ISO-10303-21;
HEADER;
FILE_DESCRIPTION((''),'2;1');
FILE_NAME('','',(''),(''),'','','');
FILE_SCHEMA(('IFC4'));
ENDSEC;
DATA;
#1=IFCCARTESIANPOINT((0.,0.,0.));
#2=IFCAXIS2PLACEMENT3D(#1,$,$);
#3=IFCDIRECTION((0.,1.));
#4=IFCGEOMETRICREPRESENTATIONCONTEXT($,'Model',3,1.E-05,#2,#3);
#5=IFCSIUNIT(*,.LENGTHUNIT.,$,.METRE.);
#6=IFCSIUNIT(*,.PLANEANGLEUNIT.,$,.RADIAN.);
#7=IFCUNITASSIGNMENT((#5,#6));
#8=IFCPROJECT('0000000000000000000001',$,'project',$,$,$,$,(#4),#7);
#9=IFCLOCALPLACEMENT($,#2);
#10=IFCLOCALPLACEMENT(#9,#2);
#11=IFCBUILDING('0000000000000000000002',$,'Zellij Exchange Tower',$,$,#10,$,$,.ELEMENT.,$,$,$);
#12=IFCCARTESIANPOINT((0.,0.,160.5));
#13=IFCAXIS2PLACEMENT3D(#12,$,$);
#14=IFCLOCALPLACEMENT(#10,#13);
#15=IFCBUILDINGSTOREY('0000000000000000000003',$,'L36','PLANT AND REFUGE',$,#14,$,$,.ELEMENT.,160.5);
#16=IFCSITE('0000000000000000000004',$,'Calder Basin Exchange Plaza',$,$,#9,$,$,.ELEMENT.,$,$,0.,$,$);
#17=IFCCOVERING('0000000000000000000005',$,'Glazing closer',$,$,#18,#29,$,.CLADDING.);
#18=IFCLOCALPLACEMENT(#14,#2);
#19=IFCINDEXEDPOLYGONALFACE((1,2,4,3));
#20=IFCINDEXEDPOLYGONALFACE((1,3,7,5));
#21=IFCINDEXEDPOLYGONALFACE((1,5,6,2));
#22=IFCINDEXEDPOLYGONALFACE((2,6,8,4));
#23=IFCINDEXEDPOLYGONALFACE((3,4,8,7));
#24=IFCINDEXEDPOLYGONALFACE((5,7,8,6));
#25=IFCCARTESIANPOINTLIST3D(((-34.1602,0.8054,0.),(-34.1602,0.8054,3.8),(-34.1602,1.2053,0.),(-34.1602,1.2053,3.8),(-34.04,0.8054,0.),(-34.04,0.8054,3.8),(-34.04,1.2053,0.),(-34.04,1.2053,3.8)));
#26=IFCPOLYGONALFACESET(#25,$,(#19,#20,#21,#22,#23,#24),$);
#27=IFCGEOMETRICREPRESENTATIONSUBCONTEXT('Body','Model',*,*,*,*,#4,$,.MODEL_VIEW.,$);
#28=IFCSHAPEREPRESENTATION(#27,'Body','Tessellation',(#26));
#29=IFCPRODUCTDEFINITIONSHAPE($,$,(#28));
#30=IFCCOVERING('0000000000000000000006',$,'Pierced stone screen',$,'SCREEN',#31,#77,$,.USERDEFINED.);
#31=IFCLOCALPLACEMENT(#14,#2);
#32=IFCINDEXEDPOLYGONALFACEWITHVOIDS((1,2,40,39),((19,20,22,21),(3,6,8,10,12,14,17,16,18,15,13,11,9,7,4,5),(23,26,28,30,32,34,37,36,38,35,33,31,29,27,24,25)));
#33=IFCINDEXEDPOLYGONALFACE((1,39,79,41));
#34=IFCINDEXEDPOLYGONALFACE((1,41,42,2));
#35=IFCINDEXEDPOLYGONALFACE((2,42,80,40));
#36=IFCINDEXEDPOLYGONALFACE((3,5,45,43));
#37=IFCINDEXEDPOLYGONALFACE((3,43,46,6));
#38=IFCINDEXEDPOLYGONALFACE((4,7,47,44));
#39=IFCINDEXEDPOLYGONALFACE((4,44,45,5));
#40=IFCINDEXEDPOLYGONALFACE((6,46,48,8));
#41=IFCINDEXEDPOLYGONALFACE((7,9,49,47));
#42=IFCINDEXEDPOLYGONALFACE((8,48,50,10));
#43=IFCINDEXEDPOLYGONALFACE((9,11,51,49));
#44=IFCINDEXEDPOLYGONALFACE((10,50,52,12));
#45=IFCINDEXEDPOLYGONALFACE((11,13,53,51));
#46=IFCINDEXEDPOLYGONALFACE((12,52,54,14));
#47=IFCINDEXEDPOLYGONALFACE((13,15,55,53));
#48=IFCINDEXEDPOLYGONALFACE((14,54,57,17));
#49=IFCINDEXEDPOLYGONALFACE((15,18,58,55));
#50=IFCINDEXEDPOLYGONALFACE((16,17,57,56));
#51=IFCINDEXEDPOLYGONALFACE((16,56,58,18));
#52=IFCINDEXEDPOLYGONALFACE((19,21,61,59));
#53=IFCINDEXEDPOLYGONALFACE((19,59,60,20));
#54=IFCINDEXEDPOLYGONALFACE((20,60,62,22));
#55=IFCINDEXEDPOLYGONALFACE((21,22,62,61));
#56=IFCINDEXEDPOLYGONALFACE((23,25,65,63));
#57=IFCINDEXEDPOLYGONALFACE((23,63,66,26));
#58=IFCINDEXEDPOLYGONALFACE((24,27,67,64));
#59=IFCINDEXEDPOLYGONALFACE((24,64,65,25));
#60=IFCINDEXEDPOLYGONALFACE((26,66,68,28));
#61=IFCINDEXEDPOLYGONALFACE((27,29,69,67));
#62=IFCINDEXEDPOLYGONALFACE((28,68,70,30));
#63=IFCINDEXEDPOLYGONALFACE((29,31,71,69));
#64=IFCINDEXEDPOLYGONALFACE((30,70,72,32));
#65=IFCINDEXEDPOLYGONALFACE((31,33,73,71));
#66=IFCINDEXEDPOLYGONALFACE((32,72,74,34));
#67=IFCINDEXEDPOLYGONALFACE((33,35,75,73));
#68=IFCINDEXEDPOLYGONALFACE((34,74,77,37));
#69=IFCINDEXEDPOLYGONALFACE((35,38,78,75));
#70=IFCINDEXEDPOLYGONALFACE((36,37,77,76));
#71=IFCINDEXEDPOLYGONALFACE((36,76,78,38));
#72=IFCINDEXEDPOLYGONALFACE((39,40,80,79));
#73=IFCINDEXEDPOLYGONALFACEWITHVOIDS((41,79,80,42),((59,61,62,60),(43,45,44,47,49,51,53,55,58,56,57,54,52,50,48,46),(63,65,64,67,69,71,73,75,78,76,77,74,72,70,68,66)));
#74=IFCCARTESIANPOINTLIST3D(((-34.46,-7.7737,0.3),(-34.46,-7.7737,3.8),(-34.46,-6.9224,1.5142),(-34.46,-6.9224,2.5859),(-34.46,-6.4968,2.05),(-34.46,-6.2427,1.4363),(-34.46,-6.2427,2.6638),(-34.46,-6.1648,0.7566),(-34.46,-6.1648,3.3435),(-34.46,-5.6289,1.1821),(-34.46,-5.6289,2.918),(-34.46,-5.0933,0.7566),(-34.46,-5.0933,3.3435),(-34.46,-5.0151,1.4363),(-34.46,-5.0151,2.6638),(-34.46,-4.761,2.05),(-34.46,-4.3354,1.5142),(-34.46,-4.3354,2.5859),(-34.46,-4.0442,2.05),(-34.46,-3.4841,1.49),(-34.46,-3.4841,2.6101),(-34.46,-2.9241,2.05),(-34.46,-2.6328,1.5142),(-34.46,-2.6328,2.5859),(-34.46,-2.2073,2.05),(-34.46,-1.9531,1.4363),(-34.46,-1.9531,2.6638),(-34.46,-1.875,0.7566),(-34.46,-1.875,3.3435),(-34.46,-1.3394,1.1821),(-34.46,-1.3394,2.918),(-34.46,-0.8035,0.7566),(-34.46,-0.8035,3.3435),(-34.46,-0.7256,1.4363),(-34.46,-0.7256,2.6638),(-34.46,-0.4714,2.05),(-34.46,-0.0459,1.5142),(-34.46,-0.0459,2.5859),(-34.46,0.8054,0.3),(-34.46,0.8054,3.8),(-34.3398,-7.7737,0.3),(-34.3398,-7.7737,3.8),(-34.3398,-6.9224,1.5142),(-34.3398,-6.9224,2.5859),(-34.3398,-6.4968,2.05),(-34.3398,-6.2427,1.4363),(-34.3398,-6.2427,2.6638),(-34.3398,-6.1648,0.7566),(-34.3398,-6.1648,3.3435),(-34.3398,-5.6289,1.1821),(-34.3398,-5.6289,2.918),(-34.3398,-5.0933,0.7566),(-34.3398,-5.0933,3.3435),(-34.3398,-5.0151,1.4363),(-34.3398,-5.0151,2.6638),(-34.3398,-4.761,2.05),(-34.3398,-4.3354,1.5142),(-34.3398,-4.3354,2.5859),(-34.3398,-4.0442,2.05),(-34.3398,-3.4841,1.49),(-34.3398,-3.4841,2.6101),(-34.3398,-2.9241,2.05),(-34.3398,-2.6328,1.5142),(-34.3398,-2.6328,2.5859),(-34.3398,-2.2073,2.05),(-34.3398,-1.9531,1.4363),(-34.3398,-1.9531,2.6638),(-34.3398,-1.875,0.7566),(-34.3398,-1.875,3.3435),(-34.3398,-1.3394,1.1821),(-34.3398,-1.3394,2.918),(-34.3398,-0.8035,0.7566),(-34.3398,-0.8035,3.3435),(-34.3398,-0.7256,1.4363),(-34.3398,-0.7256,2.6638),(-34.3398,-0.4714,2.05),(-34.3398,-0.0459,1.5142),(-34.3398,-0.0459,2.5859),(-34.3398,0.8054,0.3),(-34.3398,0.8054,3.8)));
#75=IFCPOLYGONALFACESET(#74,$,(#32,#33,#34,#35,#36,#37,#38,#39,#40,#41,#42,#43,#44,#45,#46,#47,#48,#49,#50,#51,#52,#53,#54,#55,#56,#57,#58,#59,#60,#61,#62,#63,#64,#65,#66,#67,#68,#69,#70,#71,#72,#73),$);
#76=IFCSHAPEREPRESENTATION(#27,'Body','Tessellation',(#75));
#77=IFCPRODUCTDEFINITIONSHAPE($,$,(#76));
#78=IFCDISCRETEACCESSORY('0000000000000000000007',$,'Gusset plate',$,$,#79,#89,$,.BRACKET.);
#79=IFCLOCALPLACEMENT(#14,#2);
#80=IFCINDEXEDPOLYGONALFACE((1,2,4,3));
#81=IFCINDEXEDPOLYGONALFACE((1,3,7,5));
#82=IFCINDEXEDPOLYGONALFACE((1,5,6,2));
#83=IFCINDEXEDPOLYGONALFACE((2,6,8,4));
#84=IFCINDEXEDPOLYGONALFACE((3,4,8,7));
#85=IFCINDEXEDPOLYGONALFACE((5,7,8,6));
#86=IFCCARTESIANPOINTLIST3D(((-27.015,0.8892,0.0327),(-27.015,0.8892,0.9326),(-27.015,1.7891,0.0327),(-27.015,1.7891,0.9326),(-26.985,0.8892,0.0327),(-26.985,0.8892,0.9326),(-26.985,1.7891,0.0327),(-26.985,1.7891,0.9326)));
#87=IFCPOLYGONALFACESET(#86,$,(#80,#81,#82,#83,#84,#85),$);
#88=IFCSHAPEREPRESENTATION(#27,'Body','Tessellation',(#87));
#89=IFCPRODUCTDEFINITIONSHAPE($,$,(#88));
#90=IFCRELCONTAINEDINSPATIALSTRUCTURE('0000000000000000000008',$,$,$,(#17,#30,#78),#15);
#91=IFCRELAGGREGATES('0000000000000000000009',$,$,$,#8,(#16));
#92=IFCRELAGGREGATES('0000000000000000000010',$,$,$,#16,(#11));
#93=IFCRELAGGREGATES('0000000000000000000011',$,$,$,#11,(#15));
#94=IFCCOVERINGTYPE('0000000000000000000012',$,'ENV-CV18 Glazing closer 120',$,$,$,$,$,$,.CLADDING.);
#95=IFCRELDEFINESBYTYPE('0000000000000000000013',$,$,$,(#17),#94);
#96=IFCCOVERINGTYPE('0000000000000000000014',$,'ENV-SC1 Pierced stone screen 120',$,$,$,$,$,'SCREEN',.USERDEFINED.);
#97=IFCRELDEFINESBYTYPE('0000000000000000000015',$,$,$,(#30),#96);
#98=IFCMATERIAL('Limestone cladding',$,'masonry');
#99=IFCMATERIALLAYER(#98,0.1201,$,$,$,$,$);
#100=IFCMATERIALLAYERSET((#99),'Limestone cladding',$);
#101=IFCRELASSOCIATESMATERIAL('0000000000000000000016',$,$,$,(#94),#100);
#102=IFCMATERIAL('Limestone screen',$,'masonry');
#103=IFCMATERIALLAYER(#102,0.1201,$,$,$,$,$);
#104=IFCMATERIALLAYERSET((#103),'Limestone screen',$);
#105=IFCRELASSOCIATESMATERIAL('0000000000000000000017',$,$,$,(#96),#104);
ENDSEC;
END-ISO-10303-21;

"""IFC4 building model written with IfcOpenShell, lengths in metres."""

from ifc_helpers import new_model, si_unit, direction, frame, origin, origin_2d, place, context, subcontext, project, spatial, polyline, rectangle, outline, extrude, material, layer, layer_set, type_object, element, save


model = new_model("IFC4")

# Units and contexts
model_context = context("Model", 3, precision=1e-05, world=origin(), true_north=direction((0.0, 1.0)))
body_context = subcontext(model_context, "Body", "Model", "MODEL_VIEW")
ifc_project = project(units=[si_unit("LENGTHUNIT", "METRE"), si_unit("PLANEANGLEUNIT", "RADIAN")], contexts=[model_context])

# Site, building, storey
site_placement = place(None, origin())
site = spatial("IfcSite", under=ifc_project, at=site_placement, Name="Calder Basin Exchange Plaza", CompositionType="ELEMENT", RefElevation=0.0)
building_placement = place(site_placement, origin())
building = spatial("IfcBuilding", under=site, at=building_placement, Name="Zellij Exchange Tower", CompositionType="ELEMENT")
storey_placement = place(building_placement, frame((0.0, 0.0, 160.5)))
storey = spatial("IfcBuildingStorey", under=building, at=storey_placement, Name="L36", Description="PLANT AND REFUGE", CompositionType="ELEMENT", Elevation=160.5)

# Coverings
ifc_material_1 = material(Name="Limestone cladding", Category="masonry")
ifc_layer_1 = layer(ifc_material_1, 0.1201)
ifc_layer_set_1 = layer_set([ifc_layer_1], Name="Limestone cladding")
covering_type_1 = type_object("IfcCoveringType", Name="ENV-CV18 Glazing closer 120", PredefinedType="CLADDING", material=ifc_layer_set_1)
covering_1_placement = place(storey_placement, frame((-34.1001, 1.0054, 0.0), z_axis=(0.0, 0.0, 1.0), x_axis=(0.0, -1.0, 0.0)))
element("IfcCovering", 1, at=covering_1_placement, inside=storey, type_object=covering_type_1, Name="Glazing closer", PredefinedType="CLADDING", context=body_context, shape_type="SweptSolid", body=[
    extrude(rectangle(XDim=0.3999, YDim=0.1201, at=origin_2d()), origin(), (0.0, 0.0, 1.0), 3.8),
])
ifc_material_2 = material(Name="Limestone screen", Category="masonry")
ifc_layer_2 = layer(ifc_material_2, 0.1201)
ifc_layer_set_2 = layer_set([ifc_layer_2], Name="Limestone screen")
covering_type_2 = type_object("IfcCoveringType", Name="ENV-SC1 Pierced stone screen 120", ElementType="SCREEN", PredefinedType="USERDEFINED", material=ifc_layer_set_2)
covering_2_placement = place(storey_placement, frame((-34.3999, 0.8054, 0.3), z_axis=(0.0, 0.0, 1.0), x_axis=(0.0, -1.0, 0.0)))
element("IfcCovering", 2, at=covering_2_placement, inside=storey, type_object=covering_type_2, Name="Pierced stone screen", ObjectType="SCREEN", PredefinedType="USERDEFINED", context=body_context, shape_type="SweptSolid", body=[
    extrude(outline(polyline([(0.0, 0.0), (8.5791, 0.0), (8.5791, 3.5), (0.0, 3.5), (0.0, 0.0)]), holes=[polyline([(3.4382, 2.2859), (2.7585, 2.3638), (2.6804, 3.0435), (2.1448, 2.6179), (1.6089, 3.0435), (1.531, 2.3638), (0.8513, 2.2859), (1.2769, 1.75), (0.8513, 1.2141), (1.531, 1.1362), (1.6089, 0.4565), (2.1448, 0.8821), (2.6804, 0.4565), (2.7585, 1.1362), (3.4382, 1.2141), (3.0127, 1.75), (3.4382, 2.2859)]), polyline([(7.7278, 2.2859), (7.0481, 2.3638), (6.9702, 3.0435), (6.4343, 2.6179), (5.8987, 3.0435), (5.8206, 2.3638), (5.1409, 2.2859), (5.5664, 1.75), (5.1409, 1.2141), (5.8206, 1.1362), (5.8987, 0.4565), (6.4343, 0.8821), (6.9702, 0.4565), (7.0481, 1.1362), (7.7278, 1.2141), (7.3022, 1.75), (7.7278, 2.2859)]), polyline([(4.8496, 1.75), (4.2896, 2.3101), (3.7295, 1.75), (4.2896, 1.1899), (4.8496, 1.75)])]), frame((0.0, 0.0601, 0.0), z_axis=(0.0, -1.0, 0.0), x_axis=(1.0, 0.0, 0.0)), (0.0, 0.0, 1.0), 0.1201),
])

# Discrete accessory
discrete_accessory_placement = place(storey_placement, frame((-27.0, 1.3391, 0.0327), z_axis=(0.0, 0.0, 1.0), x_axis=(0.0, 1.0, 0.0)))
element("IfcDiscreteAccessory", 3, at=discrete_accessory_placement, inside=storey, Name="Gusset plate", PredefinedType="BRACKET", context=body_context, shape_type="SweptSolid", body=[
    extrude(rectangle(XDim=0.8999, YDim=0.03, at=origin_2d()), origin(), (0.0, 0.0, 1.0), 0.8999),
])

save(model, "model.ifc")
